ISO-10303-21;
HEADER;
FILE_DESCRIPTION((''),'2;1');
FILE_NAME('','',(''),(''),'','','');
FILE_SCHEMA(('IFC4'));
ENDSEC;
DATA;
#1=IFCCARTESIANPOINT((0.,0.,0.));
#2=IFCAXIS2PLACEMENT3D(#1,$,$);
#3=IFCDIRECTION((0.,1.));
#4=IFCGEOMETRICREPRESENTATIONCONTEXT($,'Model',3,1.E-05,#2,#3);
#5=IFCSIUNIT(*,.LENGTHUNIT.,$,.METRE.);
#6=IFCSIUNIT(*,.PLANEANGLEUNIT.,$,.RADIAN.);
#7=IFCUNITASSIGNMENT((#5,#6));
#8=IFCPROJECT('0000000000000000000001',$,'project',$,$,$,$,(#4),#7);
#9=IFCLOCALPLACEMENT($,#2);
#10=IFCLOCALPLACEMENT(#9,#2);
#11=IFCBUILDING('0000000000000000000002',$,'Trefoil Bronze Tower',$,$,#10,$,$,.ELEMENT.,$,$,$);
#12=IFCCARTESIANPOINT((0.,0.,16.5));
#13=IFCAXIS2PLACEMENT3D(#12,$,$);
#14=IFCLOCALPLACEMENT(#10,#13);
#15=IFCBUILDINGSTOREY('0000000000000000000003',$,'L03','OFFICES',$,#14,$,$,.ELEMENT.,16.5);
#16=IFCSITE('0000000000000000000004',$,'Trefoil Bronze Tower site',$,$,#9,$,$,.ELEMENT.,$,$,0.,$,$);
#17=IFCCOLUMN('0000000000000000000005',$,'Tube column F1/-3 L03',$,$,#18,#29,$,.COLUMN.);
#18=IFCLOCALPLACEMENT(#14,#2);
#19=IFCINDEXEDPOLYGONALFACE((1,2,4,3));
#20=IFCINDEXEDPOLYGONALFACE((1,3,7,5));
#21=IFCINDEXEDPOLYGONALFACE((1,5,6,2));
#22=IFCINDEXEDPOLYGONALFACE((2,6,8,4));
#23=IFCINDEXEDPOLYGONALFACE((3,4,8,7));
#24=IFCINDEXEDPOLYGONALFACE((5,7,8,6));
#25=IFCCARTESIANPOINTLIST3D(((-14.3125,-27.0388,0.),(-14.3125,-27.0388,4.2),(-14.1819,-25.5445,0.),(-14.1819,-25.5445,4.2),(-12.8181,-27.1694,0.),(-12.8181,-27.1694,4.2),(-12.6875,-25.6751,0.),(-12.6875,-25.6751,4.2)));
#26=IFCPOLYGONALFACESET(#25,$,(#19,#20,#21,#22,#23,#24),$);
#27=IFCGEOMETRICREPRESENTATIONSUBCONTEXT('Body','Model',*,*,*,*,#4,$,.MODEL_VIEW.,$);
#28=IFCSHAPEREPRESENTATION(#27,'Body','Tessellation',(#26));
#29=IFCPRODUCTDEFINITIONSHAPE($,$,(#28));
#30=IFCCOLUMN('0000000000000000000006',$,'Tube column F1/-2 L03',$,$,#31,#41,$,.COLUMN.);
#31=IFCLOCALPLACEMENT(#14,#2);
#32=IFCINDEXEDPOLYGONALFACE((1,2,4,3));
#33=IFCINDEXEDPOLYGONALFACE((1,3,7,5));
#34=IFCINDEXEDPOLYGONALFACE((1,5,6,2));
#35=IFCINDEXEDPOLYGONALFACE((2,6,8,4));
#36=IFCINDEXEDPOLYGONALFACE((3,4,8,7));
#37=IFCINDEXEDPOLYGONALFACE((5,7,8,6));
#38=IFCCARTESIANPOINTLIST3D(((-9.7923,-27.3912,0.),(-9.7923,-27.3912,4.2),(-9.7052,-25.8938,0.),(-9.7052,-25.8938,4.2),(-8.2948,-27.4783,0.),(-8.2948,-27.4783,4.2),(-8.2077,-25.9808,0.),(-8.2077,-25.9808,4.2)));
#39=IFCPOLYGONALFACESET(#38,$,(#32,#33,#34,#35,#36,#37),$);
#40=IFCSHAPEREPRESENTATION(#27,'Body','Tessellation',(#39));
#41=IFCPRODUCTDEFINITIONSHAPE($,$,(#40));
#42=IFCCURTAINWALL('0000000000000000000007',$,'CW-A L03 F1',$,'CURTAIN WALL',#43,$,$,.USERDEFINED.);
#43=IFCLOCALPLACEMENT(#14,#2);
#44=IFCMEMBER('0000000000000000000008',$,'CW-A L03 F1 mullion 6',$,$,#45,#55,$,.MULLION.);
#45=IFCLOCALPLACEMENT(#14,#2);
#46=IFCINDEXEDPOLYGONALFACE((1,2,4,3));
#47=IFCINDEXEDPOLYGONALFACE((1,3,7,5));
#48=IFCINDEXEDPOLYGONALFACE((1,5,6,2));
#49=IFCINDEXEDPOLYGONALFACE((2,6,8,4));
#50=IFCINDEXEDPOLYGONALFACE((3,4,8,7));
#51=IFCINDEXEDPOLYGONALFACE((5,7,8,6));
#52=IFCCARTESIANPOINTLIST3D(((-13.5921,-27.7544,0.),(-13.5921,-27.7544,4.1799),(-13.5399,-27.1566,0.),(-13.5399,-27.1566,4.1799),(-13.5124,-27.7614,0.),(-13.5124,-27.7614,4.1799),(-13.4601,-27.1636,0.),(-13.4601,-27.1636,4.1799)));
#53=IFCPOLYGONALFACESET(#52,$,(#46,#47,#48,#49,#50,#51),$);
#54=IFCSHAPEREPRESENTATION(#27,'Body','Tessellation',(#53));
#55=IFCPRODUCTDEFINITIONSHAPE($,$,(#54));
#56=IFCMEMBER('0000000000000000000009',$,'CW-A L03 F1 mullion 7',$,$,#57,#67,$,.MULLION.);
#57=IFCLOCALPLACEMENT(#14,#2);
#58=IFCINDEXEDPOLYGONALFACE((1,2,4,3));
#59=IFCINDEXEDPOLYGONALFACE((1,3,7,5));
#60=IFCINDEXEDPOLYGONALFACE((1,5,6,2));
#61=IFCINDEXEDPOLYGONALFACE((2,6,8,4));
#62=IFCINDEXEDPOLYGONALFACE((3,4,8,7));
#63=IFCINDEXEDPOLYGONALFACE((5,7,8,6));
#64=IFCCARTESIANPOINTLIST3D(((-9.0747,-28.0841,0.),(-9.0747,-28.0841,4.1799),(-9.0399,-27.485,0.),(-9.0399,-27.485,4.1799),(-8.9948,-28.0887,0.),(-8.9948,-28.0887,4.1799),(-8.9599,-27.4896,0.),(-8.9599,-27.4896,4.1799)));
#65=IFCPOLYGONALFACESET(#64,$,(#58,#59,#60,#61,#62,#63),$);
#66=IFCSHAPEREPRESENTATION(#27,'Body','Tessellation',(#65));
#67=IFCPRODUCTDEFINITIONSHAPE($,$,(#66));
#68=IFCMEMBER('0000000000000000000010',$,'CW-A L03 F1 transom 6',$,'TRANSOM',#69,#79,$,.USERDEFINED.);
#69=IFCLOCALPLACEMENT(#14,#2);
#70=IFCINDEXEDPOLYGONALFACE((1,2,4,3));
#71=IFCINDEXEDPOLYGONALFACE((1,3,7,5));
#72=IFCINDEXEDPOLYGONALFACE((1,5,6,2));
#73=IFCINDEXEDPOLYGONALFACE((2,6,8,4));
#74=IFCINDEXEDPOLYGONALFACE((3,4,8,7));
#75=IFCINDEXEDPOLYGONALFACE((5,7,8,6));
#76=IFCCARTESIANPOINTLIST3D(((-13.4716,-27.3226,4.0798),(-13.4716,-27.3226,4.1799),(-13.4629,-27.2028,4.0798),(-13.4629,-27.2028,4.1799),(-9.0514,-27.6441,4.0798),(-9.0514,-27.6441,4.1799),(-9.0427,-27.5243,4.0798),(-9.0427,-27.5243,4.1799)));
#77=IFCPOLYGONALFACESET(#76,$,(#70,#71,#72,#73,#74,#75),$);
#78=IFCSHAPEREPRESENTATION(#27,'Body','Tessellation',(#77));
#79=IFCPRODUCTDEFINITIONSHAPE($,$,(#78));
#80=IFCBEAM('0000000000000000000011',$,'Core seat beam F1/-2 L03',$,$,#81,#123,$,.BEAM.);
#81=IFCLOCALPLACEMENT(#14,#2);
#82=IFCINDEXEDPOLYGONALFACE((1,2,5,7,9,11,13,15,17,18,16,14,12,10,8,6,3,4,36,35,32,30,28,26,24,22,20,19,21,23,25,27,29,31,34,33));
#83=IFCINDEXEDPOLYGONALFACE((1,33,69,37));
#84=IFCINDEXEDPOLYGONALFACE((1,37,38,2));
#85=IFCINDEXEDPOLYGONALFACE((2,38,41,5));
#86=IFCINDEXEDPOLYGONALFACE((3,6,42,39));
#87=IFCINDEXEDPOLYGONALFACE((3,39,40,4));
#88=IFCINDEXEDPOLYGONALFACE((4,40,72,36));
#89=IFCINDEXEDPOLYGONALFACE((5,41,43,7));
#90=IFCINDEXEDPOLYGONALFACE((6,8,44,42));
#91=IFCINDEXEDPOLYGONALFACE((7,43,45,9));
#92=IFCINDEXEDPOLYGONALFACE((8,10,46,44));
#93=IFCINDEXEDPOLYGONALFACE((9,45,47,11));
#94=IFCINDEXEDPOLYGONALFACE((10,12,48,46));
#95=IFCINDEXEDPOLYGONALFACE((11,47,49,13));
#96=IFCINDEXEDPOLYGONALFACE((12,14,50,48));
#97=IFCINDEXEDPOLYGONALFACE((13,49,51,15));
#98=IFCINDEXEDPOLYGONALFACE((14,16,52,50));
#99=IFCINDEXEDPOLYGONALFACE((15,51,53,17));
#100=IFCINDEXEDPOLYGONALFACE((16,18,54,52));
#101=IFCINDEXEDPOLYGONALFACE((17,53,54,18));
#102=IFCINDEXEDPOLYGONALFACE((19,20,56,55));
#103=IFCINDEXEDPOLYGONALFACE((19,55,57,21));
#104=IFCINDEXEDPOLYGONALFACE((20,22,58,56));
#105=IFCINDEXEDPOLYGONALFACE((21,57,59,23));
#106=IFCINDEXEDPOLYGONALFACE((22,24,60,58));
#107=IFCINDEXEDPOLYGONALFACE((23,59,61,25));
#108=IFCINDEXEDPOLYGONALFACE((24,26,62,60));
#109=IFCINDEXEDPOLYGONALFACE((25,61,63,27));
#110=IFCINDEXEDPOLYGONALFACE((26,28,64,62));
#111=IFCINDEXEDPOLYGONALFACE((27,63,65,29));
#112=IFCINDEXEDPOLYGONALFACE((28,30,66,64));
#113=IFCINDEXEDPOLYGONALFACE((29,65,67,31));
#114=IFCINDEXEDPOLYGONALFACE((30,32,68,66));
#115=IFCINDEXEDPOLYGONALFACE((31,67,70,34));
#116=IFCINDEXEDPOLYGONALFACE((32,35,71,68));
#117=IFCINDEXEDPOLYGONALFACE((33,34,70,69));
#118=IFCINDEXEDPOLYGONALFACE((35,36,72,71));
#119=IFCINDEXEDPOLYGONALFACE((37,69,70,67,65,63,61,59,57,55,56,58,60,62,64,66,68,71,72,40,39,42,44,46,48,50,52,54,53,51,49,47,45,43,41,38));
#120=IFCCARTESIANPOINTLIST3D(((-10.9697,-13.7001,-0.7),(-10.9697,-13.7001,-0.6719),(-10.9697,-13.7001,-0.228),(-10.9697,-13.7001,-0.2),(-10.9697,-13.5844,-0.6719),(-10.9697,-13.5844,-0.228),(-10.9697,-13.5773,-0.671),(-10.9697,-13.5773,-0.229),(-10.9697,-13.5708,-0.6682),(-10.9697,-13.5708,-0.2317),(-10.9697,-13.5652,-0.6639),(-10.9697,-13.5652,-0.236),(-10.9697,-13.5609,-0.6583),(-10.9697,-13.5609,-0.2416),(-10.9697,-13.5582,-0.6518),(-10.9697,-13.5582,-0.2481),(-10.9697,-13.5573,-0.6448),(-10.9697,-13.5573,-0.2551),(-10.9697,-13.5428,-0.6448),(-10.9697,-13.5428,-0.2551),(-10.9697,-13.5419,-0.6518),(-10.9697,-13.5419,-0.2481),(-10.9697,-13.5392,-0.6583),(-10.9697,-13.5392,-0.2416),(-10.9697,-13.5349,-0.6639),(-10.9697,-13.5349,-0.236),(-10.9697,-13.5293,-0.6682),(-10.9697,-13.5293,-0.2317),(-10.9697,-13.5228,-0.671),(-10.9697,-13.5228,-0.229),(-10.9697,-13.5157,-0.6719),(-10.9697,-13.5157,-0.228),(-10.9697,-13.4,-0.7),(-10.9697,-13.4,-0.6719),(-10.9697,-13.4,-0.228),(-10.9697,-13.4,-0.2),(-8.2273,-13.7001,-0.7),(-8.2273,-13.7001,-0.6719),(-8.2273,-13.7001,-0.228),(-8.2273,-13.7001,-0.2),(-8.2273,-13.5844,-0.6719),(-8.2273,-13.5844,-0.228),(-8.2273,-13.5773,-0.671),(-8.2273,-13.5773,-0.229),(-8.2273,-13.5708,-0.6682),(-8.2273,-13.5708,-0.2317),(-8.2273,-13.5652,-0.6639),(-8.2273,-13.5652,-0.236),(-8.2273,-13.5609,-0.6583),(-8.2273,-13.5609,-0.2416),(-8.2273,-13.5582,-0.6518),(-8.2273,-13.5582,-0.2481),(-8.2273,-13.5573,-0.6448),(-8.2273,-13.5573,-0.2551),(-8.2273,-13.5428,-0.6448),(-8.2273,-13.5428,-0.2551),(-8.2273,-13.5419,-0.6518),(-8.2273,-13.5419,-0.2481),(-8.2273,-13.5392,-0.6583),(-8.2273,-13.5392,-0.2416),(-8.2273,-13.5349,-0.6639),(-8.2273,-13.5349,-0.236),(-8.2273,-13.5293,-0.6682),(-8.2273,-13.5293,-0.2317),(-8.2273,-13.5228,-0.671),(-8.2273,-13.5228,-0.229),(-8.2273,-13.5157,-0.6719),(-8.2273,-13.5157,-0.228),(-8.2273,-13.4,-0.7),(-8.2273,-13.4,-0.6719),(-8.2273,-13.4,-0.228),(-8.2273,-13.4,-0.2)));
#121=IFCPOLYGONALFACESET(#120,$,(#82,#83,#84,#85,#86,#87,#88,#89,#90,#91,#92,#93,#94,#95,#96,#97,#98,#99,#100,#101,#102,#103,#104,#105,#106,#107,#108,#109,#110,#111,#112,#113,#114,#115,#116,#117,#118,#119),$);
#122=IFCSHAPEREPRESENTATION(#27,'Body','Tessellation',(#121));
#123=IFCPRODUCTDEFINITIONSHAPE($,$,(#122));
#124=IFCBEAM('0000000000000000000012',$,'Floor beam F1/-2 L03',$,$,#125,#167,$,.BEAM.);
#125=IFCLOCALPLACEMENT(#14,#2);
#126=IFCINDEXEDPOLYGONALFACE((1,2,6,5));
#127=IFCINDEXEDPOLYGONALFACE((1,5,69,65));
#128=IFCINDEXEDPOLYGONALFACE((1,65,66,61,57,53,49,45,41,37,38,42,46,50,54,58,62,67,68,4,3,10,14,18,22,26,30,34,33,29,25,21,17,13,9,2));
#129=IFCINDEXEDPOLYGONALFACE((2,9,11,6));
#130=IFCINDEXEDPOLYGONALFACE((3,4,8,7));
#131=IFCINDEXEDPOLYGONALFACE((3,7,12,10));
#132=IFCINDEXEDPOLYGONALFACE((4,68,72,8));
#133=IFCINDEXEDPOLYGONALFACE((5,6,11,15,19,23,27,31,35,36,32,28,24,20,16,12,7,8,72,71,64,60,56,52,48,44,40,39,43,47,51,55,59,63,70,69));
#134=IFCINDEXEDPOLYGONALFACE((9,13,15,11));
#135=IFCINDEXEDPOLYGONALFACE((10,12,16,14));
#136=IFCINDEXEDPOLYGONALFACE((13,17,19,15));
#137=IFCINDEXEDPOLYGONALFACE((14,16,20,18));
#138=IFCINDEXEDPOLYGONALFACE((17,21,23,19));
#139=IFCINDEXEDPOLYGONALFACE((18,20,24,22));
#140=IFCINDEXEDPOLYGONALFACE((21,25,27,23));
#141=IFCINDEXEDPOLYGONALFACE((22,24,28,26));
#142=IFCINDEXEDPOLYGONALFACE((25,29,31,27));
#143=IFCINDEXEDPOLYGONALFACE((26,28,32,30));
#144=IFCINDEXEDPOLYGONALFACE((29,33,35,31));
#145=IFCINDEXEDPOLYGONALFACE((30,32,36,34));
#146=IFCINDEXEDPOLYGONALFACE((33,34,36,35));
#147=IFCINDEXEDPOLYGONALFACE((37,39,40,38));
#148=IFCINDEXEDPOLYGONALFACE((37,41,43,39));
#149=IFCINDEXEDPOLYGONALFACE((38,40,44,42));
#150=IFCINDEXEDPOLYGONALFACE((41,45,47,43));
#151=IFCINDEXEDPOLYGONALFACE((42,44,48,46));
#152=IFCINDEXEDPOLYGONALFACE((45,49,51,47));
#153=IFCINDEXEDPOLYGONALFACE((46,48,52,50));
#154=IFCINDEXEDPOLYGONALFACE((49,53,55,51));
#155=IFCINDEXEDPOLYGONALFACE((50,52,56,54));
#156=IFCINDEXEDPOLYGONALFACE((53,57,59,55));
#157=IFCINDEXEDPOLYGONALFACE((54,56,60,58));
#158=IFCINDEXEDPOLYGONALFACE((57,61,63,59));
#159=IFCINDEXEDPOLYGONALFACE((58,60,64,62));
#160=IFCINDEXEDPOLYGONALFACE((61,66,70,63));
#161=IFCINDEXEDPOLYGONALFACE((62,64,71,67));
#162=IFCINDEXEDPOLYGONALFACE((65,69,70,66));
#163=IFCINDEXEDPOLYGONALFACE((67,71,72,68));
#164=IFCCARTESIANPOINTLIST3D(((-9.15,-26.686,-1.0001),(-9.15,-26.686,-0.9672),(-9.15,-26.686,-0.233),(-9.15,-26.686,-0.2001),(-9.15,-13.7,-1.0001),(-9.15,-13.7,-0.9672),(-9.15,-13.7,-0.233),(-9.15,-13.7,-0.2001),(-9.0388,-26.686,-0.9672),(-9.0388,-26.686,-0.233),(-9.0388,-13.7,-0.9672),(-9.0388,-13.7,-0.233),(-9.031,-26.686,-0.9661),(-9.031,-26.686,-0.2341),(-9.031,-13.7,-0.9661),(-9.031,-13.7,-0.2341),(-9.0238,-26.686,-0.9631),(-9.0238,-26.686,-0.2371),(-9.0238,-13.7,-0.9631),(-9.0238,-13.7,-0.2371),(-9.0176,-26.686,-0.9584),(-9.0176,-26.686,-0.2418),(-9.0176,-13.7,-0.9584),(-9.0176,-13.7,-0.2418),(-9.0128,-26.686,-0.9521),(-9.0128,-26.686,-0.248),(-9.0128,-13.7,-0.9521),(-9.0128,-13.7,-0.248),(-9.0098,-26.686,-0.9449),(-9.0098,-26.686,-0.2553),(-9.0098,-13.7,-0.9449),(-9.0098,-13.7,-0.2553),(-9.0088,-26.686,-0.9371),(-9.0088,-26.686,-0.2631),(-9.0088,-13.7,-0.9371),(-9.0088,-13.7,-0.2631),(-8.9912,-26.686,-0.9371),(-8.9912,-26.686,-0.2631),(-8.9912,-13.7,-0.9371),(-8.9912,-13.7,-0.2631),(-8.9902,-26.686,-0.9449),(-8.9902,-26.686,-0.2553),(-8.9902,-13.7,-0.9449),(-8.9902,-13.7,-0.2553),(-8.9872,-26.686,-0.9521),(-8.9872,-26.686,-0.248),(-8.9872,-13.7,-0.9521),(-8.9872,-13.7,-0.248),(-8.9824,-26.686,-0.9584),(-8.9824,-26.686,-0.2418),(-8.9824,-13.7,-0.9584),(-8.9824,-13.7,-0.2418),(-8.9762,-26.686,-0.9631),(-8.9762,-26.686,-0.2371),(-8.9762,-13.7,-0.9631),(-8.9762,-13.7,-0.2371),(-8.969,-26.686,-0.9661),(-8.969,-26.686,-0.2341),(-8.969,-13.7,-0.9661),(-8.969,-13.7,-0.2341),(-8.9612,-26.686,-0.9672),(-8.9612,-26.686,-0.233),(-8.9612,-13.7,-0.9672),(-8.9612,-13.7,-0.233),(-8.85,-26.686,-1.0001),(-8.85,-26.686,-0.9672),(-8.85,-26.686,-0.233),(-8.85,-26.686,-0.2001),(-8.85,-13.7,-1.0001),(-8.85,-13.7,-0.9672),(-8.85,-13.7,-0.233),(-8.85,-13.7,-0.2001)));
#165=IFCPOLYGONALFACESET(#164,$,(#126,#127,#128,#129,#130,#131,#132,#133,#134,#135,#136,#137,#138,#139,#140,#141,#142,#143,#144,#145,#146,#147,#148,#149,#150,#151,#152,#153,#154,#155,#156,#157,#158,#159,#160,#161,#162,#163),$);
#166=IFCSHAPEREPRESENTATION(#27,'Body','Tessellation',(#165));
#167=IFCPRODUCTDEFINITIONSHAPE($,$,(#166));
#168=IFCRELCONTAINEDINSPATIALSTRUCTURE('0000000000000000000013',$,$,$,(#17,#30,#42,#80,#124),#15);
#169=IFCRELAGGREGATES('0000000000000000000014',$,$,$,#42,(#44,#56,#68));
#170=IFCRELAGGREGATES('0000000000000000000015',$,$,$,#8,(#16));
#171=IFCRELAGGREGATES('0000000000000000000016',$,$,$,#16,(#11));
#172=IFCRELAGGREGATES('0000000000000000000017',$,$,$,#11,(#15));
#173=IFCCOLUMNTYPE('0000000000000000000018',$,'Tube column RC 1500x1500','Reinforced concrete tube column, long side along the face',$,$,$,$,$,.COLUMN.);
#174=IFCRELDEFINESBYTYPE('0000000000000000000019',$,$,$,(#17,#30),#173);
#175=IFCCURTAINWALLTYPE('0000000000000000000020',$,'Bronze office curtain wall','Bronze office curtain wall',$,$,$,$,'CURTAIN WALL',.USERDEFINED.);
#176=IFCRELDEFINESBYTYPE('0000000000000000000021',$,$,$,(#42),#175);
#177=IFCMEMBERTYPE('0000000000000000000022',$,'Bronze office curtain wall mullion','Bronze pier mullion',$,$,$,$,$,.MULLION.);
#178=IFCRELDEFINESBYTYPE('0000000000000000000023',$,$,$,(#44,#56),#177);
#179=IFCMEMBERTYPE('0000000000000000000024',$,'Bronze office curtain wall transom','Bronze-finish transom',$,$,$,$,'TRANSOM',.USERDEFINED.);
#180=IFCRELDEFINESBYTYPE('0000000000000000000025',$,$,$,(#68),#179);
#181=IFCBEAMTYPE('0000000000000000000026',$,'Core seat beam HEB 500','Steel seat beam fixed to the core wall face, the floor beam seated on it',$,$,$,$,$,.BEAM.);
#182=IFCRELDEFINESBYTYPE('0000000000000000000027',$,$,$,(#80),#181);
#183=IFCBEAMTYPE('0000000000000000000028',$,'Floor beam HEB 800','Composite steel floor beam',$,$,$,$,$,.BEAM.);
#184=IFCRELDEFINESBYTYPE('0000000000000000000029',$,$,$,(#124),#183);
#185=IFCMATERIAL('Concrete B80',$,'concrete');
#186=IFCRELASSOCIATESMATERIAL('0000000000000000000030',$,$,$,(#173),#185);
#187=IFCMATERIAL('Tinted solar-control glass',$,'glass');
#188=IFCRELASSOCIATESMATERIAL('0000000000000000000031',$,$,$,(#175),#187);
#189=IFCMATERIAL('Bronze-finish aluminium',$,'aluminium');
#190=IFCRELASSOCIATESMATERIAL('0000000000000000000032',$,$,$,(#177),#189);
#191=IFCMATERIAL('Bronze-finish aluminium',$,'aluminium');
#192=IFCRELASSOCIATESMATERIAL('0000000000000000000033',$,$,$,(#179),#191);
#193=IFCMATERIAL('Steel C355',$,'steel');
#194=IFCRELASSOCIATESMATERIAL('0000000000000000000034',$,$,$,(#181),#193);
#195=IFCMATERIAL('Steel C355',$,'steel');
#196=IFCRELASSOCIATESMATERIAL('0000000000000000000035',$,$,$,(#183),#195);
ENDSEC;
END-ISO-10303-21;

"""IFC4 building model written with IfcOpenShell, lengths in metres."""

from ifc_helpers import new_model, si_unit, direction, frame, origin, origin_2d, place, context, subcontext, project, spatial, rectangle, i_section, extrude, material, material_profile, profile_set, type_object, element, aggregate, save


model = new_model("IFC4")

# Units and contexts
model_context = context("Model", 3, precision=1e-05, world=origin(), true_north=direction((0.0, 1.0)))
body_context = subcontext(model_context, "Body", "Model", "MODEL_VIEW")
ifc_project = project(units=[si_unit("LENGTHUNIT", "METRE"), si_unit("PLANEANGLEUNIT", "RADIAN")], contexts=[model_context])

# Site, building, storey
site_placement = place(None, origin())
site = spatial("IfcSite", under=ifc_project, at=site_placement, Name="Trefoil Bronze Tower site", CompositionType="ELEMENT", RefElevation=0.0)
building_placement = place(site_placement, origin())
building = spatial("IfcBuilding", under=site, at=building_placement, Name="Trefoil Bronze Tower", CompositionType="ELEMENT")
storey_placement = place(building_placement, frame((0.0, 0.0, 16.5)))
storey = spatial("IfcBuildingStorey", under=building, at=storey_placement, Name="L03", Description="OFFICES", CompositionType="ELEMENT", Elevation=16.5)

# Columns
ifc_material_1 = material(Name="Concrete B80", Category="concrete")
ifc_material_profile_1 = material_profile(ifc_material_1, rectangle(XDim=1.5, YDim=1.5, at=origin_2d()), Name="RC 1500x1500")
ifc_profile_set_1 = profile_set([ifc_material_profile_1], Name="Concrete B80")
column_type = type_object("IfcColumnType", Name="Tube column RC 1500x1500", Description="Reinforced concrete tube column, long side along the face", PredefinedType="COLUMN", material=ifc_profile_set_1)
for number, where, z_axis, x_axis, name in (
    (1, (-13.5, -26.3569, 0.0), (0.0, 0.0, 1.0), (0.996203, -0.087065, 0.0), "Tube column F1/-3 L03"),
    (2, (-9.0, -26.686, 0.0), (0.0, 0.0, 1.0), (0.998314, -0.058043, 0.0), "Tube column F1/-2 L03"),
):
    element("IfcColumn", number, at=place(storey_placement, frame(where, z_axis=z_axis, x_axis=x_axis)), inside=storey, type_object=column_type, Name=name, PredefinedType="COLUMN", context=body_context, shape_type="SweptSolid", body=[
        extrude(rectangle(XDim=1.5, YDim=1.5, at=origin_2d()), origin(), (0.0, 0.0, 1.0), 4.2),
    ])

# Curtain wall, members
ifc_material_2 = material(Name="Tinted solar-control glass", Category="glass")
curtain_wall_type = type_object("IfcCurtainWallType", Name="Bronze office curtain wall", Description="Bronze office curtain wall", ElementType="CURTAIN WALL", PredefinedType="USERDEFINED", material=ifc_material_2)
curtain_wall_placement = place(storey_placement, origin())
curtain_wall = element("IfcCurtainWall", 3, at=curtain_wall_placement, inside=storey, type_object=curtain_wall_type, Name="CW-A L03 F1", ObjectType="CURTAIN WALL", PredefinedType="USERDEFINED")
ifc_material_3 = material(Name="Bronze-finish aluminium", Category="aluminium")
ifc_material_profile_2 = material_profile(ifc_material_3, rectangle(XDim=0.6001, YDim=0.0801, at=origin_2d()), Name="CW-A mullion")
ifc_profile_set_2 = profile_set([ifc_material_profile_2], Name="Bronze-finish aluminium")
member_type_1 = type_object("IfcMemberType", Name="Bronze office curtain wall mullion", Description="Bronze pier mullion", PredefinedType="MULLION", material=ifc_profile_set_2)
member_1_placement = place(storey_placement, frame((-13.5261, -27.459, 0.0), z_axis=(0.0, 0.0, 1.0), x_axis=(0.087065, 0.996203, 0.0)))
member_1 = element("IfcMember", 4, at=member_1_placement, type_object=member_type_1, Name="CW-A L03 F1 mullion 6", PredefinedType="MULLION", context=body_context, shape_type="SweptSolid", body=[
    extrude(rectangle(XDim=0.6001, YDim=0.0801, at=origin_2d()), origin(), (0.0, 0.0, 1.0), 4.1799),
])
member_2_placement = place(storey_placement, frame((-9.0173, -27.7869, 0.0), z_axis=(0.0, 0.0, 1.0), x_axis=(0.058043, 0.998314, 0.0)))
member_2 = element("IfcMember", 5, at=member_2_placement, type_object=member_type_1, Name="CW-A L03 F1 mullion 7", PredefinedType="MULLION", context=body_context, shape_type="SweptSolid", body=[
    extrude(rectangle(XDim=0.6001, YDim=0.0801, at=origin_2d()), origin(), (0.0, 0.0, 1.0), 4.1799),
])
ifc_material_4 = material(Name="Bronze-finish aluminium", Category="aluminium")
ifc_material_profile_3 = material_profile(ifc_material_4, rectangle(XDim=0.1201, YDim=0.1001, at=origin_2d()), Name="CW-A transom")
ifc_profile_set_3 = profile_set([ifc_material_profile_3], Name="Bronze-finish aluminium")
member_type_2 = type_object("IfcMemberType", Name="Bronze office curtain wall transom", Description="Bronze-finish transom", ElementType="TRANSOM", PredefinedType="USERDEFINED", material=ifc_profile_set_3)
member_3_placement = place(storey_placement, frame((-13.4673, -27.2627, 4.1299), z_axis=(0.997365, -0.072551, 0.0), x_axis=(0.072551, 0.997365, 0.0)))
member_3 = element("IfcMember", 6, at=member_3_placement, type_object=member_type_2, Name="CW-A L03 F1 transom 6", ObjectType="TRANSOM", PredefinedType="USERDEFINED", context=body_context, shape_type="SweptSolid", body=[
    extrude(rectangle(XDim=0.1201, YDim=0.1001, at=origin_2d()), origin(), (0.0, 0.0, 1.0), 4.4319),
])

# Beams
ifc_material_5 = material(Name="Steel C355", Category="steel")
ifc_material_profile_4 = material_profile(ifc_material_5, i_section(OverallWidth=0.3, OverallDepth=0.5, WebThickness=0.0144, FlangeThickness=0.0281, FilletRadius=0.0271, at=origin_2d()), Name="HEB 500")
ifc_profile_set_4 = profile_set([ifc_material_profile_4], Name="Steel C355")
beam_type_1 = type_object("IfcBeamType", Name="Core seat beam HEB 500", Description="Steel seat beam fixed to the core wall face, the floor beam seated on it", PredefinedType="BEAM", material=ifc_profile_set_4)
beam_1_placement = place(storey_placement, frame((-10.9697, -13.55, -0.45), z_axis=(1.0, 0.0, 0.0), x_axis=(0.0, 1.0, 0.0)))
element("IfcBeam", 7, at=beam_1_placement, inside=storey, type_object=beam_type_1, Name="Core seat beam F1/-2 L03", PredefinedType="BEAM", context=body_context, shape_type="SweptSolid", body=[
    extrude(i_section(OverallWidth=0.3, OverallDepth=0.5, WebThickness=0.0144, FlangeThickness=0.0281, FilletRadius=0.0271, at=origin_2d()), origin(), (0.0, 0.0, 1.0), 2.7424),
])
ifc_material_6 = material(Name="Steel C355", Category="steel")
ifc_material_profile_5 = material_profile(ifc_material_6, i_section(OverallWidth=0.3, OverallDepth=0.8, WebThickness=0.0176, FlangeThickness=0.033, FilletRadius=0.03, at=origin_2d()), Name="HEB 800")
ifc_profile_set_5 = profile_set([ifc_material_profile_5], Name="Steel C355")
beam_type_2 = type_object("IfcBeamType", Name="Floor beam HEB 800", Description="Composite steel floor beam", PredefinedType="BEAM", material=ifc_profile_set_5)
beam_2_placement = place(storey_placement, frame((-9.0, -26.686, -0.6001), z_axis=(0.0, 1.0, 0.0), x_axis=(-1.0, 0.0, 0.0)))
element("IfcBeam", 8, at=beam_2_placement, inside=storey, type_object=beam_type_2, Name="Floor beam F1/-2 L03", PredefinedType="BEAM", context=body_context, shape_type="SweptSolid", body=[
    extrude(i_section(OverallWidth=0.3, OverallDepth=0.8, WebThickness=0.0176, FlangeThickness=0.033, FilletRadius=0.03, at=origin_2d()), origin(), (0.0, 0.0, 1.0), 12.9861),
])

aggregate(curtain_wall, [member_1, member_2, member_3])

save(model, "model.ifc")
